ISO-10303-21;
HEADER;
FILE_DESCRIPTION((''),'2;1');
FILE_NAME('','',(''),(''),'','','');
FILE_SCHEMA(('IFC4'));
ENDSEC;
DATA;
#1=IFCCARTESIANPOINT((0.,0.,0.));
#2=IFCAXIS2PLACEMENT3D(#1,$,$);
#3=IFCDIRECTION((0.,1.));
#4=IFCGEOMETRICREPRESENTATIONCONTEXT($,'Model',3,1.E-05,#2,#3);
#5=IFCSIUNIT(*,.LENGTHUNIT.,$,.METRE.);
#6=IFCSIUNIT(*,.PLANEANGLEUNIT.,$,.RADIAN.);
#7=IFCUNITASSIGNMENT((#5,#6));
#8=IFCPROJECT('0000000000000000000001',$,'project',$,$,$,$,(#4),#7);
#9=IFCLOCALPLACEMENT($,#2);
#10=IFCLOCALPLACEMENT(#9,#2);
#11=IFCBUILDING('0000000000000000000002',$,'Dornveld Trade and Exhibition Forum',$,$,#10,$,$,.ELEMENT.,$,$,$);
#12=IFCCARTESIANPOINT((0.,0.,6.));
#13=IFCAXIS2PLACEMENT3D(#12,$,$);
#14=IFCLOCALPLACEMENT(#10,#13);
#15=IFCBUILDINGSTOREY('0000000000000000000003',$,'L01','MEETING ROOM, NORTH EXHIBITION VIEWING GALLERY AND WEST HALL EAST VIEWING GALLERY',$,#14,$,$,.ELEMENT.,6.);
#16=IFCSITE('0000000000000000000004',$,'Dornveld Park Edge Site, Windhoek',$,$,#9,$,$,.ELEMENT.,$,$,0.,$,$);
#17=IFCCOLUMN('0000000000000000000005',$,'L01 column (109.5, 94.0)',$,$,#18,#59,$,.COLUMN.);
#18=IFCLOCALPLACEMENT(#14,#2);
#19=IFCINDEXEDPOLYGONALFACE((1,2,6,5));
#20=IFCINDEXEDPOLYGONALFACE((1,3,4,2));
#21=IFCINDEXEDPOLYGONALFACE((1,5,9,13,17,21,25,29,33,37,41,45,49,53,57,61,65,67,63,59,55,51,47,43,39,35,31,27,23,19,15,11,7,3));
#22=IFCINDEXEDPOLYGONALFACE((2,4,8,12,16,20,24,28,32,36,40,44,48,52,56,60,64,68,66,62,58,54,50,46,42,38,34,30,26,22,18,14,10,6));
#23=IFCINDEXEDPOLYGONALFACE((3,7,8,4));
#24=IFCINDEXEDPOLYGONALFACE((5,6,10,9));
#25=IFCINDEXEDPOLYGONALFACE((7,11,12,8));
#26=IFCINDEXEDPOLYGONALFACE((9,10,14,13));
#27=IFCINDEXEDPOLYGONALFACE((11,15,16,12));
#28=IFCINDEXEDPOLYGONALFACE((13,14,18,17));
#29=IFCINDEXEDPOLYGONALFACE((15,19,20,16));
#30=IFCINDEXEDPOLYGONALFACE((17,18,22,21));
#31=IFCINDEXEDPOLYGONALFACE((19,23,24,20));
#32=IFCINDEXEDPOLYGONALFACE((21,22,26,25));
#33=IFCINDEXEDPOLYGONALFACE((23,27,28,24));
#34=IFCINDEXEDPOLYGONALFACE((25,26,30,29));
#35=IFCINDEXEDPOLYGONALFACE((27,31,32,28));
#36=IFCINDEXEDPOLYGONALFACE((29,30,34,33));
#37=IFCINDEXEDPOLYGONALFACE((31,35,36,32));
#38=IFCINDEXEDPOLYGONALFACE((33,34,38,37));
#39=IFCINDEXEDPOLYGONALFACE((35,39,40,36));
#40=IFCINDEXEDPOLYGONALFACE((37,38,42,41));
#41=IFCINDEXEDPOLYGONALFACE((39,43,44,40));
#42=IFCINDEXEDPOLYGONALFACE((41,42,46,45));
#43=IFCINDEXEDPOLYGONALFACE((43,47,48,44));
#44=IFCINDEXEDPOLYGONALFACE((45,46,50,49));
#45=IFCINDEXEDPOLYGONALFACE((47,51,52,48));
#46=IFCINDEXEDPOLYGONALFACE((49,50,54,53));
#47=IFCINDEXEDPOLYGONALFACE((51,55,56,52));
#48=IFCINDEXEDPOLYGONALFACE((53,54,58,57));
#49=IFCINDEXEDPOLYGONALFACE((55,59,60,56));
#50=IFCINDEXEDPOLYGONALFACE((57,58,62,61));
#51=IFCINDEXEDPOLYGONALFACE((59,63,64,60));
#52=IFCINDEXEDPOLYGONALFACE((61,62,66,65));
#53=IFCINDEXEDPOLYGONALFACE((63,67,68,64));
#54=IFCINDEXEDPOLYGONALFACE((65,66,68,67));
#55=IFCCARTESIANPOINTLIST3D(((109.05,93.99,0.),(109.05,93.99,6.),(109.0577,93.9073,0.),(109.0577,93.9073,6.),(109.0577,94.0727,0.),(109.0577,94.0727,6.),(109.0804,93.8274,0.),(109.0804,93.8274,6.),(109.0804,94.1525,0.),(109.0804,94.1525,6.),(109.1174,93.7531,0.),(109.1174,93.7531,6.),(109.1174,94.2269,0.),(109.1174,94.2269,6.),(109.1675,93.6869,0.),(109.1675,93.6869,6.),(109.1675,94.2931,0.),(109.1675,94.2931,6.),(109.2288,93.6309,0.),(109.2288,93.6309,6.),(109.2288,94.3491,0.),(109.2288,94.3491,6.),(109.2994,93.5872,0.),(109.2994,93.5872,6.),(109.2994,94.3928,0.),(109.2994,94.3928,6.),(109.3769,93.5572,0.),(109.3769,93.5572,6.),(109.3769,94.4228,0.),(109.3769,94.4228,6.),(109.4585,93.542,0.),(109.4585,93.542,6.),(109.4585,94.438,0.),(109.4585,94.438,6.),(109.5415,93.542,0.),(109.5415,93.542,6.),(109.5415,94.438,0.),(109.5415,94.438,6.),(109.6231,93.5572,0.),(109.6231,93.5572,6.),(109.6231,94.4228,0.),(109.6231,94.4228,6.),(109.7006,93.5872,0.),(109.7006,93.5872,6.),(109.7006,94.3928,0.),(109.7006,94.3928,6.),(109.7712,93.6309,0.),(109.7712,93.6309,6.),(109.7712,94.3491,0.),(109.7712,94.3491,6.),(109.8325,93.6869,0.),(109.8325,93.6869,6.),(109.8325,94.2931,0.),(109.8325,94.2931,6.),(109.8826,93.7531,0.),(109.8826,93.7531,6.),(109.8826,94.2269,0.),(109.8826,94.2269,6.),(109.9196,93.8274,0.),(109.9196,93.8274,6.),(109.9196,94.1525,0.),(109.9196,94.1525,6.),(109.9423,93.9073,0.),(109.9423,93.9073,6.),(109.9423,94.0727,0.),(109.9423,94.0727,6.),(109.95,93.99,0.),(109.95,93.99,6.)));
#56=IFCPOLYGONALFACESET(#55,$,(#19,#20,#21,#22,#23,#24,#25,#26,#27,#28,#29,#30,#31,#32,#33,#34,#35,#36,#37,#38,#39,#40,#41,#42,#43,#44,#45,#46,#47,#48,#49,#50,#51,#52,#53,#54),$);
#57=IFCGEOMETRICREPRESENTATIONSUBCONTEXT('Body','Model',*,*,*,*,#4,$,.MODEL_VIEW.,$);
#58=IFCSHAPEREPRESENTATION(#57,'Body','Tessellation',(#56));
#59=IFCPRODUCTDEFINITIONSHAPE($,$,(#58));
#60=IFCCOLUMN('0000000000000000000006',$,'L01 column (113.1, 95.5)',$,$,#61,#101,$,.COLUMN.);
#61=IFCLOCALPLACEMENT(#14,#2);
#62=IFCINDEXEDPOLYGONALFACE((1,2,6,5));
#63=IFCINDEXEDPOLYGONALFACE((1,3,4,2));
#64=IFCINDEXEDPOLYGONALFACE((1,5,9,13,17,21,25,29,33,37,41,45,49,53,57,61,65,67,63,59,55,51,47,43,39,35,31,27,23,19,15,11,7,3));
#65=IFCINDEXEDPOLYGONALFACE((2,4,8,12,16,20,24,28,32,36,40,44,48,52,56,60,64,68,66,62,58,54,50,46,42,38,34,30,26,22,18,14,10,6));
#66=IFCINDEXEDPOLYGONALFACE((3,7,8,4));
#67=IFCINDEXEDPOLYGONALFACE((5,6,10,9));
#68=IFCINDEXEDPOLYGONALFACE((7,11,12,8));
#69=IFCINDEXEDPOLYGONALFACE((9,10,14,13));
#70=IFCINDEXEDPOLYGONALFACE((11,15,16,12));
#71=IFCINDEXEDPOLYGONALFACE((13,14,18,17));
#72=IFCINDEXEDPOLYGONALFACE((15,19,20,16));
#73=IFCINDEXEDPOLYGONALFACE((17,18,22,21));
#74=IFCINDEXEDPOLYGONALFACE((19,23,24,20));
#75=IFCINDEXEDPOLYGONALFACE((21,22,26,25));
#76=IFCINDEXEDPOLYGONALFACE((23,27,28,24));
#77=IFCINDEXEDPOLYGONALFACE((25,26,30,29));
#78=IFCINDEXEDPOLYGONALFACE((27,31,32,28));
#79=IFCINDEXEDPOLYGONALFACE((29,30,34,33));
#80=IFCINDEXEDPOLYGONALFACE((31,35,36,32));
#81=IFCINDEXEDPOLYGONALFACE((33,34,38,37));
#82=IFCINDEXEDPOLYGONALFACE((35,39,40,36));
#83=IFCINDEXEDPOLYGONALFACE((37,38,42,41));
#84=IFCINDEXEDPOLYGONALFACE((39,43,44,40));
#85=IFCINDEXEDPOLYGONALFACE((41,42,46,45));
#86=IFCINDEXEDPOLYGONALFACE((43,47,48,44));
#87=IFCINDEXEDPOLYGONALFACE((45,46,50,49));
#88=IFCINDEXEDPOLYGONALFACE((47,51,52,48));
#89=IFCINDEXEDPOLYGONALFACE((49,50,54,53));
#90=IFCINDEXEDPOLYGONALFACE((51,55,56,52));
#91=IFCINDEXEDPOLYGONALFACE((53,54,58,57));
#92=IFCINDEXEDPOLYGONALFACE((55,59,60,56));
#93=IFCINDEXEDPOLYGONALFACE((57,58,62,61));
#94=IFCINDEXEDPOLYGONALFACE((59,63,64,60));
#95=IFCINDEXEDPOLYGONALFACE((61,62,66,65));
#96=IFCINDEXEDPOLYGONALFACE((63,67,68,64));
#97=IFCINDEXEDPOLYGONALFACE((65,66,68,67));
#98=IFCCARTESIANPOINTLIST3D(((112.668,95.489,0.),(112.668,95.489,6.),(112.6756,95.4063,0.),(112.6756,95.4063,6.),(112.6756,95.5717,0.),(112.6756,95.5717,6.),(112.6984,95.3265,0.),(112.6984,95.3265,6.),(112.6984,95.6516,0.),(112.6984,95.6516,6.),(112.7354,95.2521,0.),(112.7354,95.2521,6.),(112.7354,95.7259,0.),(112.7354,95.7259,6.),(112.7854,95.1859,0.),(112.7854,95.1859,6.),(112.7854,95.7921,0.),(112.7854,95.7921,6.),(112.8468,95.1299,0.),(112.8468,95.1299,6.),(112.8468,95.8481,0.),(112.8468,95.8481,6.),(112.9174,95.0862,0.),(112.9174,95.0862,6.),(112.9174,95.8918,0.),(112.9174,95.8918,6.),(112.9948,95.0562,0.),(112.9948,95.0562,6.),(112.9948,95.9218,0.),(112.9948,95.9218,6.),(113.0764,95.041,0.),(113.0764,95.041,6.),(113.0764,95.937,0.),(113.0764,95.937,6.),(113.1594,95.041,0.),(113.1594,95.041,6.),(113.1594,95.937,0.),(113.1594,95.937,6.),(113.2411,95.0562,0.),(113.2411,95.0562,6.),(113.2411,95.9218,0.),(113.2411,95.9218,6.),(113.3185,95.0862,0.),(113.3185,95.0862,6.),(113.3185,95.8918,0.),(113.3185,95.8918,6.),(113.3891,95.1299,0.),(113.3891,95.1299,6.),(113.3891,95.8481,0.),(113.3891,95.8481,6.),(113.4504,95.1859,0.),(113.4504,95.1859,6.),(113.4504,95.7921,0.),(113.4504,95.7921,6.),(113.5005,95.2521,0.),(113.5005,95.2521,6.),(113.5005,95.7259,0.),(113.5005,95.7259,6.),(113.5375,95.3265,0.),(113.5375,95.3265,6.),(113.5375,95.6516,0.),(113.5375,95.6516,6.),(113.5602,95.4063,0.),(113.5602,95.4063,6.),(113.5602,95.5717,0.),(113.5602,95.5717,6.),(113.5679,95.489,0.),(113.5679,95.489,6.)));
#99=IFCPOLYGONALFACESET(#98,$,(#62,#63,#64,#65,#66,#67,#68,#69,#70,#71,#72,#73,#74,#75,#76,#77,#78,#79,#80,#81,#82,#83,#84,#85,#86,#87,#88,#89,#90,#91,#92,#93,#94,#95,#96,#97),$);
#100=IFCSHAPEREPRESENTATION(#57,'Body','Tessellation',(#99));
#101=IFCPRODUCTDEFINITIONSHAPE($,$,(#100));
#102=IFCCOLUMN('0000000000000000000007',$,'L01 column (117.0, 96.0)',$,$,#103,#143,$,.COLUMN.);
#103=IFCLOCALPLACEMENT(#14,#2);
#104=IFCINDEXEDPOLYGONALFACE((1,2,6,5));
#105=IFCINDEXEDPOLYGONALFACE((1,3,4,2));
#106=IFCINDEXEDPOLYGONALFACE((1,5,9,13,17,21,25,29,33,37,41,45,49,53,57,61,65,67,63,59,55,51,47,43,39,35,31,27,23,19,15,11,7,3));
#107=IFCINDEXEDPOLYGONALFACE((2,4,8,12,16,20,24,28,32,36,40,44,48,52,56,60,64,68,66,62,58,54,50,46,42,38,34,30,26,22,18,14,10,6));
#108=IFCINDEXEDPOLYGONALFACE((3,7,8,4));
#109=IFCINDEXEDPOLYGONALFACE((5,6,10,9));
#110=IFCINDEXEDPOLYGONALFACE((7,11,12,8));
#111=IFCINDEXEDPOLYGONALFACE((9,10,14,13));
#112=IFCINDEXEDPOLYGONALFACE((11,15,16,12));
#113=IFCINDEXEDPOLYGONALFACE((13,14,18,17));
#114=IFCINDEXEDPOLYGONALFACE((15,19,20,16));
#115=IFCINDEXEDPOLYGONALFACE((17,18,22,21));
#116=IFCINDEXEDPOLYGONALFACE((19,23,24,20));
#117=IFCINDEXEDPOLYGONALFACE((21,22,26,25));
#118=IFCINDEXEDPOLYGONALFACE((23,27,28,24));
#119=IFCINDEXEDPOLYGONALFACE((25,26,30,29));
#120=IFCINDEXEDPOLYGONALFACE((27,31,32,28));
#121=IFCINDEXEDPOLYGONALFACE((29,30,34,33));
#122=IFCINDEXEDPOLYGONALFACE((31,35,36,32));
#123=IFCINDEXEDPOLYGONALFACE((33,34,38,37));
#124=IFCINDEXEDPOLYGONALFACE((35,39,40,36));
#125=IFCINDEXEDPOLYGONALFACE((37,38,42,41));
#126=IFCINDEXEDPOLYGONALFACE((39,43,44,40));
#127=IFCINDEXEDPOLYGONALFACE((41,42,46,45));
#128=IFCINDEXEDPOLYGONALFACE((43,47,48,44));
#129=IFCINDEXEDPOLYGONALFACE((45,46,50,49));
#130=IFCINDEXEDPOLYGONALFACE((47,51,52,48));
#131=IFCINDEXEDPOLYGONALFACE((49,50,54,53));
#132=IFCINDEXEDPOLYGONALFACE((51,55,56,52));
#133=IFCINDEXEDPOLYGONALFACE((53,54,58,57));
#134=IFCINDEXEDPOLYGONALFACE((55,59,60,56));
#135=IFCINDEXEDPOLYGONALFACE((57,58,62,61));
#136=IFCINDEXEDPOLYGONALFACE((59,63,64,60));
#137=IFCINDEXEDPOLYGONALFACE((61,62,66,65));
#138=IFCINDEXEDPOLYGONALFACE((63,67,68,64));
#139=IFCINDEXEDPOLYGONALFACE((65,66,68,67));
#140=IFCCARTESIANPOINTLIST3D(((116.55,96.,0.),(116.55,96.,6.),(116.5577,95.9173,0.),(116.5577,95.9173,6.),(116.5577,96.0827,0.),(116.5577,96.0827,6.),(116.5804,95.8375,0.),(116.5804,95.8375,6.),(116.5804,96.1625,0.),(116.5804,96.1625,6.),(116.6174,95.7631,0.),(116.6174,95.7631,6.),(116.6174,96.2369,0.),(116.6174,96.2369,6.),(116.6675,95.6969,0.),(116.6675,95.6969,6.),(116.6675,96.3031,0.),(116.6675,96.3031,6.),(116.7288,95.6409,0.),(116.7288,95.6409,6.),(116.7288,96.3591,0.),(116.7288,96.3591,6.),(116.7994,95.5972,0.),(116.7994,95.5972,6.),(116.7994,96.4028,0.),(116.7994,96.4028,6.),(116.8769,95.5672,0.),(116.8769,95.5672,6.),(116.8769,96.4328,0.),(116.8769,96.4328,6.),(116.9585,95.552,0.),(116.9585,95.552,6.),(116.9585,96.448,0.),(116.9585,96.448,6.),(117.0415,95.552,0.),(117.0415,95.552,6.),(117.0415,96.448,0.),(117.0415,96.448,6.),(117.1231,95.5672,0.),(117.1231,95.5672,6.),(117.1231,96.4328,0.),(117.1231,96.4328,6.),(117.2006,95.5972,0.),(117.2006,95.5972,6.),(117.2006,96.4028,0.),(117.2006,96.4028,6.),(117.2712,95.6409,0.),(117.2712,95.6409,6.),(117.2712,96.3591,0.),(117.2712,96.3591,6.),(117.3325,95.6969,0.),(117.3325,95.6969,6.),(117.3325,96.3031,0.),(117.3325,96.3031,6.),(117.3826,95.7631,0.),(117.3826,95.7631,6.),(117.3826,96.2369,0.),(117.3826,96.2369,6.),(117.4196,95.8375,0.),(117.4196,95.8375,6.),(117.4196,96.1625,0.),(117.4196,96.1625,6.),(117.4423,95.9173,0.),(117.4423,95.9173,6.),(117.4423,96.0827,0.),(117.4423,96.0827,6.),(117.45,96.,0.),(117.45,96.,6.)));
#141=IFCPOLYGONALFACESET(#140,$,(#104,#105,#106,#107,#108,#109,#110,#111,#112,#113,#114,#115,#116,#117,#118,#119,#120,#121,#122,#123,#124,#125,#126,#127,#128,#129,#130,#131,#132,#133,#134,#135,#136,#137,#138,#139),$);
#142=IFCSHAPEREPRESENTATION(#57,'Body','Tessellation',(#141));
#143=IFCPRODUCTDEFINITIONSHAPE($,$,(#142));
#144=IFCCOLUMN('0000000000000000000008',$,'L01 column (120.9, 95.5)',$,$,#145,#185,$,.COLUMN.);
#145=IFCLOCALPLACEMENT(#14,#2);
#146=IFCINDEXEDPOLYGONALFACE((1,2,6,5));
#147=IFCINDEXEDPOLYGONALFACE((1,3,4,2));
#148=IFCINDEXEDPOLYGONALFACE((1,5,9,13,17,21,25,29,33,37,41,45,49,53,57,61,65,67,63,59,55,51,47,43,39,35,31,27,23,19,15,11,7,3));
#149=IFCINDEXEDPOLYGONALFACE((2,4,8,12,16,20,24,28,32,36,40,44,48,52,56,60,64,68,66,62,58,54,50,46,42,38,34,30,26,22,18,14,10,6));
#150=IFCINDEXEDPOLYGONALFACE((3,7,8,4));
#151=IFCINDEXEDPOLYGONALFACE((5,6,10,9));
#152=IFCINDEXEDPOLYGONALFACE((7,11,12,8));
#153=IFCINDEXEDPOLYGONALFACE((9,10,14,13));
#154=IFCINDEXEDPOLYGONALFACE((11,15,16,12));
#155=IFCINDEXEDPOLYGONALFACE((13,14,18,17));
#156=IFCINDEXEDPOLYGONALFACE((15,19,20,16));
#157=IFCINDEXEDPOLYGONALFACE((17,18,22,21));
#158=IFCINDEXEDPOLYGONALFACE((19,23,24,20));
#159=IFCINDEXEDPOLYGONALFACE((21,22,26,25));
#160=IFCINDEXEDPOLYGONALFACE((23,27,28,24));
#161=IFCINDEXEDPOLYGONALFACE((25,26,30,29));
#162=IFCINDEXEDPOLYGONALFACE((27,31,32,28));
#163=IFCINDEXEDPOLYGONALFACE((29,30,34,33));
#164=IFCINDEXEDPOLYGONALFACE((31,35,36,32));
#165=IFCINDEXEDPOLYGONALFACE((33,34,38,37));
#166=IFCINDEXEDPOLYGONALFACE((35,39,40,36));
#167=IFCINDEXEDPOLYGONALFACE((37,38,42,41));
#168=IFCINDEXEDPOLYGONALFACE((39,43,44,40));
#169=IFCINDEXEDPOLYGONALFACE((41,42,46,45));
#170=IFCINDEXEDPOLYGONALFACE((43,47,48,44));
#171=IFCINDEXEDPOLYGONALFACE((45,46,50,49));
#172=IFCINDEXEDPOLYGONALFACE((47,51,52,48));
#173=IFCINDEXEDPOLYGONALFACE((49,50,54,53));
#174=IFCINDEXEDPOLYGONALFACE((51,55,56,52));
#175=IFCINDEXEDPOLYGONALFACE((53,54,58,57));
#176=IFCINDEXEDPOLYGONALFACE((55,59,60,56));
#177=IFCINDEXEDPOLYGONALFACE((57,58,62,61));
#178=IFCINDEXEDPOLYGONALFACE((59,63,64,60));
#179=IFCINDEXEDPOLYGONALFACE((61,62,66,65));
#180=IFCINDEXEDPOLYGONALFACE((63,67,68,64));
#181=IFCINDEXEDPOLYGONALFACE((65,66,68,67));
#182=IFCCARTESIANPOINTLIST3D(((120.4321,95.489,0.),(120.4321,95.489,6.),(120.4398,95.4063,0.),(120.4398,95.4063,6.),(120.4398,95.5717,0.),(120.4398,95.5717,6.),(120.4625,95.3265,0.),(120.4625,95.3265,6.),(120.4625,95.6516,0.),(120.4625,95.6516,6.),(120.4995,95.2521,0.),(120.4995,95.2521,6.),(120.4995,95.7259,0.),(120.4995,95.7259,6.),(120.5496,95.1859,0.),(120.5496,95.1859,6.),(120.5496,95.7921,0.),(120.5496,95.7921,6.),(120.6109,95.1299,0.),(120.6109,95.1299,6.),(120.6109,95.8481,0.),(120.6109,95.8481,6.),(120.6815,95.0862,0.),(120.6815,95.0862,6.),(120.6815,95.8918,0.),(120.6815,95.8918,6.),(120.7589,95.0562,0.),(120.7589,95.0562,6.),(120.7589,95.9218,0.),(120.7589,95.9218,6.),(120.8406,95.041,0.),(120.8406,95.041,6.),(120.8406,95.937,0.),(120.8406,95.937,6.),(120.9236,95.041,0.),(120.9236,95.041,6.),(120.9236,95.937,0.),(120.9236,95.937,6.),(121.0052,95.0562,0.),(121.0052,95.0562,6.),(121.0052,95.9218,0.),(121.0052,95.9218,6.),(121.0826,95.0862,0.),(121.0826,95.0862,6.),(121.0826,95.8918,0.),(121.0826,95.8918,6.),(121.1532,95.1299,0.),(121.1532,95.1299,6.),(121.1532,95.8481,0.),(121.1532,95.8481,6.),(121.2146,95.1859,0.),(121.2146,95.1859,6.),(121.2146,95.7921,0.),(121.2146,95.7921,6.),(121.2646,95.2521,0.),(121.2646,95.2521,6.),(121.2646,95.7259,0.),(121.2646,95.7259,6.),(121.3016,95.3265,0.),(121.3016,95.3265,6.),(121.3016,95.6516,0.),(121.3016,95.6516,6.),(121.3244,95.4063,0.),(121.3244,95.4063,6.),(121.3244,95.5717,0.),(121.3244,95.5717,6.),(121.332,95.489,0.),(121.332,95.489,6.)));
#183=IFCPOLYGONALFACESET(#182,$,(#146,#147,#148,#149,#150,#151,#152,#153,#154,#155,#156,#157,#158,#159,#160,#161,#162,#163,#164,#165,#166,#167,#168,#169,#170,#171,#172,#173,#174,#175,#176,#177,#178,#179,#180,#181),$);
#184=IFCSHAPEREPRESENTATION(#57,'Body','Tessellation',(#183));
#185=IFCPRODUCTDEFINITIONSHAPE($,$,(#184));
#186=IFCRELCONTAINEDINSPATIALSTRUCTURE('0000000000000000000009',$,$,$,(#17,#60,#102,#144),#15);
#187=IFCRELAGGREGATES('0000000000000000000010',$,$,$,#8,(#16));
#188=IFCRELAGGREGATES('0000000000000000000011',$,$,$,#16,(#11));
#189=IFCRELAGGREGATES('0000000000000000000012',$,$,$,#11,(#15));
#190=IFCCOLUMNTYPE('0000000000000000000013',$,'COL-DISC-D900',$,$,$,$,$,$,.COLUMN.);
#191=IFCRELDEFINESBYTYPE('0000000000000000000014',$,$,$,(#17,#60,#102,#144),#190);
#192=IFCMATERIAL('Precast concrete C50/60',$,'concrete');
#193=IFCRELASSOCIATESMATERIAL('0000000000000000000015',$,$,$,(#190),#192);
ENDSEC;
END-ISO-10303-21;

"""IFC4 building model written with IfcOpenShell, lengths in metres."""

from ifc_helpers import new_model, si_unit, direction, frame, origin, origin_2d, place, context, subcontext, project, spatial, circle, extrude, material, material_profile, profile_set, type_object, element, save


model = new_model("IFC4")

# Units and contexts
model_context = context("Model", 3, precision=1e-05, world=origin(), true_north=direction((0.0, 1.0)))
body_context = subcontext(model_context, "Body", "Model", "MODEL_VIEW")
ifc_project = project(units=[si_unit("LENGTHUNIT", "METRE"), si_unit("PLANEANGLEUNIT", "RADIAN")], contexts=[model_context])

# Site, building, storey
site_placement = place(None, origin())
site = spatial("IfcSite", under=ifc_project, at=site_placement, Name="Dornveld Park Edge Site, Windhoek", CompositionType="ELEMENT", RefElevation=0.0)
building_placement = place(site_placement, origin())
building = spatial("IfcBuilding", under=site, at=building_placement, Name="Dornveld Trade and Exhibition Forum", CompositionType="ELEMENT")
storey_placement = place(building_placement, frame((0.0, 0.0, 6.0)))
storey = spatial("IfcBuildingStorey", under=building, at=storey_placement, Name="L01", Description="MEETING ROOM, NORTH EXHIBITION VIEWING GALLERY AND WEST HALL EAST VIEWING GALLERY", CompositionType="ELEMENT", Elevation=6.0)

# Columns
ifc_material_1 = material(Name="Precast concrete C50/60", Category="concrete")
ifc_material_profile_1 = material_profile(ifc_material_1, circle(Radius=0.45, at=origin_2d()), Name="PC-COL D900")
ifc_profile_set_1 = profile_set([ifc_material_profile_1], Name="Precast concrete C50/60")
column_type_1 = type_object("IfcColumnType", Name="COL-DISC-D900", PredefinedType="COLUMN", material=ifc_profile_set_1)
for number, where, z_axis, x_axis, name in (
    (1, (109.5, 93.99, 0.0), (0.0, 0.0, 1.0), (1.0, 0.0, 0.0), "L01 column (109.5, 94.0)"),
    (2, (113.1179, 95.489, 0.0), (0.0, 0.0, 1.0), (1.0, 0.0, 0.0), "L01 column (113.1, 95.5)"),
    (3, (117.0, 96.0, 0.0), (0.0, 0.0, 1.0), (1.0, 0.0, 0.0), "L01 column (117.0, 96.0)"),
    (4, (120.8821, 95.489, 0.0), (0.0, 0.0, 1.0), (1.0, 0.0, 0.0), "L01 column (120.9, 95.5)"),
):
    element("IfcColumn", number, at=place(storey_placement, frame(where, z_axis=z_axis, x_axis=x_axis)), inside=storey, type_object=column_type_1, Name=name, PredefinedType="COLUMN", context=body_context, shape_type="SweptSolid", body=[
        extrude(circle(Radius=0.45, at=origin_2d()), origin(), (0.0, 0.0, 1.0), 6.0),
    ])

save(model, "model.ifc")
